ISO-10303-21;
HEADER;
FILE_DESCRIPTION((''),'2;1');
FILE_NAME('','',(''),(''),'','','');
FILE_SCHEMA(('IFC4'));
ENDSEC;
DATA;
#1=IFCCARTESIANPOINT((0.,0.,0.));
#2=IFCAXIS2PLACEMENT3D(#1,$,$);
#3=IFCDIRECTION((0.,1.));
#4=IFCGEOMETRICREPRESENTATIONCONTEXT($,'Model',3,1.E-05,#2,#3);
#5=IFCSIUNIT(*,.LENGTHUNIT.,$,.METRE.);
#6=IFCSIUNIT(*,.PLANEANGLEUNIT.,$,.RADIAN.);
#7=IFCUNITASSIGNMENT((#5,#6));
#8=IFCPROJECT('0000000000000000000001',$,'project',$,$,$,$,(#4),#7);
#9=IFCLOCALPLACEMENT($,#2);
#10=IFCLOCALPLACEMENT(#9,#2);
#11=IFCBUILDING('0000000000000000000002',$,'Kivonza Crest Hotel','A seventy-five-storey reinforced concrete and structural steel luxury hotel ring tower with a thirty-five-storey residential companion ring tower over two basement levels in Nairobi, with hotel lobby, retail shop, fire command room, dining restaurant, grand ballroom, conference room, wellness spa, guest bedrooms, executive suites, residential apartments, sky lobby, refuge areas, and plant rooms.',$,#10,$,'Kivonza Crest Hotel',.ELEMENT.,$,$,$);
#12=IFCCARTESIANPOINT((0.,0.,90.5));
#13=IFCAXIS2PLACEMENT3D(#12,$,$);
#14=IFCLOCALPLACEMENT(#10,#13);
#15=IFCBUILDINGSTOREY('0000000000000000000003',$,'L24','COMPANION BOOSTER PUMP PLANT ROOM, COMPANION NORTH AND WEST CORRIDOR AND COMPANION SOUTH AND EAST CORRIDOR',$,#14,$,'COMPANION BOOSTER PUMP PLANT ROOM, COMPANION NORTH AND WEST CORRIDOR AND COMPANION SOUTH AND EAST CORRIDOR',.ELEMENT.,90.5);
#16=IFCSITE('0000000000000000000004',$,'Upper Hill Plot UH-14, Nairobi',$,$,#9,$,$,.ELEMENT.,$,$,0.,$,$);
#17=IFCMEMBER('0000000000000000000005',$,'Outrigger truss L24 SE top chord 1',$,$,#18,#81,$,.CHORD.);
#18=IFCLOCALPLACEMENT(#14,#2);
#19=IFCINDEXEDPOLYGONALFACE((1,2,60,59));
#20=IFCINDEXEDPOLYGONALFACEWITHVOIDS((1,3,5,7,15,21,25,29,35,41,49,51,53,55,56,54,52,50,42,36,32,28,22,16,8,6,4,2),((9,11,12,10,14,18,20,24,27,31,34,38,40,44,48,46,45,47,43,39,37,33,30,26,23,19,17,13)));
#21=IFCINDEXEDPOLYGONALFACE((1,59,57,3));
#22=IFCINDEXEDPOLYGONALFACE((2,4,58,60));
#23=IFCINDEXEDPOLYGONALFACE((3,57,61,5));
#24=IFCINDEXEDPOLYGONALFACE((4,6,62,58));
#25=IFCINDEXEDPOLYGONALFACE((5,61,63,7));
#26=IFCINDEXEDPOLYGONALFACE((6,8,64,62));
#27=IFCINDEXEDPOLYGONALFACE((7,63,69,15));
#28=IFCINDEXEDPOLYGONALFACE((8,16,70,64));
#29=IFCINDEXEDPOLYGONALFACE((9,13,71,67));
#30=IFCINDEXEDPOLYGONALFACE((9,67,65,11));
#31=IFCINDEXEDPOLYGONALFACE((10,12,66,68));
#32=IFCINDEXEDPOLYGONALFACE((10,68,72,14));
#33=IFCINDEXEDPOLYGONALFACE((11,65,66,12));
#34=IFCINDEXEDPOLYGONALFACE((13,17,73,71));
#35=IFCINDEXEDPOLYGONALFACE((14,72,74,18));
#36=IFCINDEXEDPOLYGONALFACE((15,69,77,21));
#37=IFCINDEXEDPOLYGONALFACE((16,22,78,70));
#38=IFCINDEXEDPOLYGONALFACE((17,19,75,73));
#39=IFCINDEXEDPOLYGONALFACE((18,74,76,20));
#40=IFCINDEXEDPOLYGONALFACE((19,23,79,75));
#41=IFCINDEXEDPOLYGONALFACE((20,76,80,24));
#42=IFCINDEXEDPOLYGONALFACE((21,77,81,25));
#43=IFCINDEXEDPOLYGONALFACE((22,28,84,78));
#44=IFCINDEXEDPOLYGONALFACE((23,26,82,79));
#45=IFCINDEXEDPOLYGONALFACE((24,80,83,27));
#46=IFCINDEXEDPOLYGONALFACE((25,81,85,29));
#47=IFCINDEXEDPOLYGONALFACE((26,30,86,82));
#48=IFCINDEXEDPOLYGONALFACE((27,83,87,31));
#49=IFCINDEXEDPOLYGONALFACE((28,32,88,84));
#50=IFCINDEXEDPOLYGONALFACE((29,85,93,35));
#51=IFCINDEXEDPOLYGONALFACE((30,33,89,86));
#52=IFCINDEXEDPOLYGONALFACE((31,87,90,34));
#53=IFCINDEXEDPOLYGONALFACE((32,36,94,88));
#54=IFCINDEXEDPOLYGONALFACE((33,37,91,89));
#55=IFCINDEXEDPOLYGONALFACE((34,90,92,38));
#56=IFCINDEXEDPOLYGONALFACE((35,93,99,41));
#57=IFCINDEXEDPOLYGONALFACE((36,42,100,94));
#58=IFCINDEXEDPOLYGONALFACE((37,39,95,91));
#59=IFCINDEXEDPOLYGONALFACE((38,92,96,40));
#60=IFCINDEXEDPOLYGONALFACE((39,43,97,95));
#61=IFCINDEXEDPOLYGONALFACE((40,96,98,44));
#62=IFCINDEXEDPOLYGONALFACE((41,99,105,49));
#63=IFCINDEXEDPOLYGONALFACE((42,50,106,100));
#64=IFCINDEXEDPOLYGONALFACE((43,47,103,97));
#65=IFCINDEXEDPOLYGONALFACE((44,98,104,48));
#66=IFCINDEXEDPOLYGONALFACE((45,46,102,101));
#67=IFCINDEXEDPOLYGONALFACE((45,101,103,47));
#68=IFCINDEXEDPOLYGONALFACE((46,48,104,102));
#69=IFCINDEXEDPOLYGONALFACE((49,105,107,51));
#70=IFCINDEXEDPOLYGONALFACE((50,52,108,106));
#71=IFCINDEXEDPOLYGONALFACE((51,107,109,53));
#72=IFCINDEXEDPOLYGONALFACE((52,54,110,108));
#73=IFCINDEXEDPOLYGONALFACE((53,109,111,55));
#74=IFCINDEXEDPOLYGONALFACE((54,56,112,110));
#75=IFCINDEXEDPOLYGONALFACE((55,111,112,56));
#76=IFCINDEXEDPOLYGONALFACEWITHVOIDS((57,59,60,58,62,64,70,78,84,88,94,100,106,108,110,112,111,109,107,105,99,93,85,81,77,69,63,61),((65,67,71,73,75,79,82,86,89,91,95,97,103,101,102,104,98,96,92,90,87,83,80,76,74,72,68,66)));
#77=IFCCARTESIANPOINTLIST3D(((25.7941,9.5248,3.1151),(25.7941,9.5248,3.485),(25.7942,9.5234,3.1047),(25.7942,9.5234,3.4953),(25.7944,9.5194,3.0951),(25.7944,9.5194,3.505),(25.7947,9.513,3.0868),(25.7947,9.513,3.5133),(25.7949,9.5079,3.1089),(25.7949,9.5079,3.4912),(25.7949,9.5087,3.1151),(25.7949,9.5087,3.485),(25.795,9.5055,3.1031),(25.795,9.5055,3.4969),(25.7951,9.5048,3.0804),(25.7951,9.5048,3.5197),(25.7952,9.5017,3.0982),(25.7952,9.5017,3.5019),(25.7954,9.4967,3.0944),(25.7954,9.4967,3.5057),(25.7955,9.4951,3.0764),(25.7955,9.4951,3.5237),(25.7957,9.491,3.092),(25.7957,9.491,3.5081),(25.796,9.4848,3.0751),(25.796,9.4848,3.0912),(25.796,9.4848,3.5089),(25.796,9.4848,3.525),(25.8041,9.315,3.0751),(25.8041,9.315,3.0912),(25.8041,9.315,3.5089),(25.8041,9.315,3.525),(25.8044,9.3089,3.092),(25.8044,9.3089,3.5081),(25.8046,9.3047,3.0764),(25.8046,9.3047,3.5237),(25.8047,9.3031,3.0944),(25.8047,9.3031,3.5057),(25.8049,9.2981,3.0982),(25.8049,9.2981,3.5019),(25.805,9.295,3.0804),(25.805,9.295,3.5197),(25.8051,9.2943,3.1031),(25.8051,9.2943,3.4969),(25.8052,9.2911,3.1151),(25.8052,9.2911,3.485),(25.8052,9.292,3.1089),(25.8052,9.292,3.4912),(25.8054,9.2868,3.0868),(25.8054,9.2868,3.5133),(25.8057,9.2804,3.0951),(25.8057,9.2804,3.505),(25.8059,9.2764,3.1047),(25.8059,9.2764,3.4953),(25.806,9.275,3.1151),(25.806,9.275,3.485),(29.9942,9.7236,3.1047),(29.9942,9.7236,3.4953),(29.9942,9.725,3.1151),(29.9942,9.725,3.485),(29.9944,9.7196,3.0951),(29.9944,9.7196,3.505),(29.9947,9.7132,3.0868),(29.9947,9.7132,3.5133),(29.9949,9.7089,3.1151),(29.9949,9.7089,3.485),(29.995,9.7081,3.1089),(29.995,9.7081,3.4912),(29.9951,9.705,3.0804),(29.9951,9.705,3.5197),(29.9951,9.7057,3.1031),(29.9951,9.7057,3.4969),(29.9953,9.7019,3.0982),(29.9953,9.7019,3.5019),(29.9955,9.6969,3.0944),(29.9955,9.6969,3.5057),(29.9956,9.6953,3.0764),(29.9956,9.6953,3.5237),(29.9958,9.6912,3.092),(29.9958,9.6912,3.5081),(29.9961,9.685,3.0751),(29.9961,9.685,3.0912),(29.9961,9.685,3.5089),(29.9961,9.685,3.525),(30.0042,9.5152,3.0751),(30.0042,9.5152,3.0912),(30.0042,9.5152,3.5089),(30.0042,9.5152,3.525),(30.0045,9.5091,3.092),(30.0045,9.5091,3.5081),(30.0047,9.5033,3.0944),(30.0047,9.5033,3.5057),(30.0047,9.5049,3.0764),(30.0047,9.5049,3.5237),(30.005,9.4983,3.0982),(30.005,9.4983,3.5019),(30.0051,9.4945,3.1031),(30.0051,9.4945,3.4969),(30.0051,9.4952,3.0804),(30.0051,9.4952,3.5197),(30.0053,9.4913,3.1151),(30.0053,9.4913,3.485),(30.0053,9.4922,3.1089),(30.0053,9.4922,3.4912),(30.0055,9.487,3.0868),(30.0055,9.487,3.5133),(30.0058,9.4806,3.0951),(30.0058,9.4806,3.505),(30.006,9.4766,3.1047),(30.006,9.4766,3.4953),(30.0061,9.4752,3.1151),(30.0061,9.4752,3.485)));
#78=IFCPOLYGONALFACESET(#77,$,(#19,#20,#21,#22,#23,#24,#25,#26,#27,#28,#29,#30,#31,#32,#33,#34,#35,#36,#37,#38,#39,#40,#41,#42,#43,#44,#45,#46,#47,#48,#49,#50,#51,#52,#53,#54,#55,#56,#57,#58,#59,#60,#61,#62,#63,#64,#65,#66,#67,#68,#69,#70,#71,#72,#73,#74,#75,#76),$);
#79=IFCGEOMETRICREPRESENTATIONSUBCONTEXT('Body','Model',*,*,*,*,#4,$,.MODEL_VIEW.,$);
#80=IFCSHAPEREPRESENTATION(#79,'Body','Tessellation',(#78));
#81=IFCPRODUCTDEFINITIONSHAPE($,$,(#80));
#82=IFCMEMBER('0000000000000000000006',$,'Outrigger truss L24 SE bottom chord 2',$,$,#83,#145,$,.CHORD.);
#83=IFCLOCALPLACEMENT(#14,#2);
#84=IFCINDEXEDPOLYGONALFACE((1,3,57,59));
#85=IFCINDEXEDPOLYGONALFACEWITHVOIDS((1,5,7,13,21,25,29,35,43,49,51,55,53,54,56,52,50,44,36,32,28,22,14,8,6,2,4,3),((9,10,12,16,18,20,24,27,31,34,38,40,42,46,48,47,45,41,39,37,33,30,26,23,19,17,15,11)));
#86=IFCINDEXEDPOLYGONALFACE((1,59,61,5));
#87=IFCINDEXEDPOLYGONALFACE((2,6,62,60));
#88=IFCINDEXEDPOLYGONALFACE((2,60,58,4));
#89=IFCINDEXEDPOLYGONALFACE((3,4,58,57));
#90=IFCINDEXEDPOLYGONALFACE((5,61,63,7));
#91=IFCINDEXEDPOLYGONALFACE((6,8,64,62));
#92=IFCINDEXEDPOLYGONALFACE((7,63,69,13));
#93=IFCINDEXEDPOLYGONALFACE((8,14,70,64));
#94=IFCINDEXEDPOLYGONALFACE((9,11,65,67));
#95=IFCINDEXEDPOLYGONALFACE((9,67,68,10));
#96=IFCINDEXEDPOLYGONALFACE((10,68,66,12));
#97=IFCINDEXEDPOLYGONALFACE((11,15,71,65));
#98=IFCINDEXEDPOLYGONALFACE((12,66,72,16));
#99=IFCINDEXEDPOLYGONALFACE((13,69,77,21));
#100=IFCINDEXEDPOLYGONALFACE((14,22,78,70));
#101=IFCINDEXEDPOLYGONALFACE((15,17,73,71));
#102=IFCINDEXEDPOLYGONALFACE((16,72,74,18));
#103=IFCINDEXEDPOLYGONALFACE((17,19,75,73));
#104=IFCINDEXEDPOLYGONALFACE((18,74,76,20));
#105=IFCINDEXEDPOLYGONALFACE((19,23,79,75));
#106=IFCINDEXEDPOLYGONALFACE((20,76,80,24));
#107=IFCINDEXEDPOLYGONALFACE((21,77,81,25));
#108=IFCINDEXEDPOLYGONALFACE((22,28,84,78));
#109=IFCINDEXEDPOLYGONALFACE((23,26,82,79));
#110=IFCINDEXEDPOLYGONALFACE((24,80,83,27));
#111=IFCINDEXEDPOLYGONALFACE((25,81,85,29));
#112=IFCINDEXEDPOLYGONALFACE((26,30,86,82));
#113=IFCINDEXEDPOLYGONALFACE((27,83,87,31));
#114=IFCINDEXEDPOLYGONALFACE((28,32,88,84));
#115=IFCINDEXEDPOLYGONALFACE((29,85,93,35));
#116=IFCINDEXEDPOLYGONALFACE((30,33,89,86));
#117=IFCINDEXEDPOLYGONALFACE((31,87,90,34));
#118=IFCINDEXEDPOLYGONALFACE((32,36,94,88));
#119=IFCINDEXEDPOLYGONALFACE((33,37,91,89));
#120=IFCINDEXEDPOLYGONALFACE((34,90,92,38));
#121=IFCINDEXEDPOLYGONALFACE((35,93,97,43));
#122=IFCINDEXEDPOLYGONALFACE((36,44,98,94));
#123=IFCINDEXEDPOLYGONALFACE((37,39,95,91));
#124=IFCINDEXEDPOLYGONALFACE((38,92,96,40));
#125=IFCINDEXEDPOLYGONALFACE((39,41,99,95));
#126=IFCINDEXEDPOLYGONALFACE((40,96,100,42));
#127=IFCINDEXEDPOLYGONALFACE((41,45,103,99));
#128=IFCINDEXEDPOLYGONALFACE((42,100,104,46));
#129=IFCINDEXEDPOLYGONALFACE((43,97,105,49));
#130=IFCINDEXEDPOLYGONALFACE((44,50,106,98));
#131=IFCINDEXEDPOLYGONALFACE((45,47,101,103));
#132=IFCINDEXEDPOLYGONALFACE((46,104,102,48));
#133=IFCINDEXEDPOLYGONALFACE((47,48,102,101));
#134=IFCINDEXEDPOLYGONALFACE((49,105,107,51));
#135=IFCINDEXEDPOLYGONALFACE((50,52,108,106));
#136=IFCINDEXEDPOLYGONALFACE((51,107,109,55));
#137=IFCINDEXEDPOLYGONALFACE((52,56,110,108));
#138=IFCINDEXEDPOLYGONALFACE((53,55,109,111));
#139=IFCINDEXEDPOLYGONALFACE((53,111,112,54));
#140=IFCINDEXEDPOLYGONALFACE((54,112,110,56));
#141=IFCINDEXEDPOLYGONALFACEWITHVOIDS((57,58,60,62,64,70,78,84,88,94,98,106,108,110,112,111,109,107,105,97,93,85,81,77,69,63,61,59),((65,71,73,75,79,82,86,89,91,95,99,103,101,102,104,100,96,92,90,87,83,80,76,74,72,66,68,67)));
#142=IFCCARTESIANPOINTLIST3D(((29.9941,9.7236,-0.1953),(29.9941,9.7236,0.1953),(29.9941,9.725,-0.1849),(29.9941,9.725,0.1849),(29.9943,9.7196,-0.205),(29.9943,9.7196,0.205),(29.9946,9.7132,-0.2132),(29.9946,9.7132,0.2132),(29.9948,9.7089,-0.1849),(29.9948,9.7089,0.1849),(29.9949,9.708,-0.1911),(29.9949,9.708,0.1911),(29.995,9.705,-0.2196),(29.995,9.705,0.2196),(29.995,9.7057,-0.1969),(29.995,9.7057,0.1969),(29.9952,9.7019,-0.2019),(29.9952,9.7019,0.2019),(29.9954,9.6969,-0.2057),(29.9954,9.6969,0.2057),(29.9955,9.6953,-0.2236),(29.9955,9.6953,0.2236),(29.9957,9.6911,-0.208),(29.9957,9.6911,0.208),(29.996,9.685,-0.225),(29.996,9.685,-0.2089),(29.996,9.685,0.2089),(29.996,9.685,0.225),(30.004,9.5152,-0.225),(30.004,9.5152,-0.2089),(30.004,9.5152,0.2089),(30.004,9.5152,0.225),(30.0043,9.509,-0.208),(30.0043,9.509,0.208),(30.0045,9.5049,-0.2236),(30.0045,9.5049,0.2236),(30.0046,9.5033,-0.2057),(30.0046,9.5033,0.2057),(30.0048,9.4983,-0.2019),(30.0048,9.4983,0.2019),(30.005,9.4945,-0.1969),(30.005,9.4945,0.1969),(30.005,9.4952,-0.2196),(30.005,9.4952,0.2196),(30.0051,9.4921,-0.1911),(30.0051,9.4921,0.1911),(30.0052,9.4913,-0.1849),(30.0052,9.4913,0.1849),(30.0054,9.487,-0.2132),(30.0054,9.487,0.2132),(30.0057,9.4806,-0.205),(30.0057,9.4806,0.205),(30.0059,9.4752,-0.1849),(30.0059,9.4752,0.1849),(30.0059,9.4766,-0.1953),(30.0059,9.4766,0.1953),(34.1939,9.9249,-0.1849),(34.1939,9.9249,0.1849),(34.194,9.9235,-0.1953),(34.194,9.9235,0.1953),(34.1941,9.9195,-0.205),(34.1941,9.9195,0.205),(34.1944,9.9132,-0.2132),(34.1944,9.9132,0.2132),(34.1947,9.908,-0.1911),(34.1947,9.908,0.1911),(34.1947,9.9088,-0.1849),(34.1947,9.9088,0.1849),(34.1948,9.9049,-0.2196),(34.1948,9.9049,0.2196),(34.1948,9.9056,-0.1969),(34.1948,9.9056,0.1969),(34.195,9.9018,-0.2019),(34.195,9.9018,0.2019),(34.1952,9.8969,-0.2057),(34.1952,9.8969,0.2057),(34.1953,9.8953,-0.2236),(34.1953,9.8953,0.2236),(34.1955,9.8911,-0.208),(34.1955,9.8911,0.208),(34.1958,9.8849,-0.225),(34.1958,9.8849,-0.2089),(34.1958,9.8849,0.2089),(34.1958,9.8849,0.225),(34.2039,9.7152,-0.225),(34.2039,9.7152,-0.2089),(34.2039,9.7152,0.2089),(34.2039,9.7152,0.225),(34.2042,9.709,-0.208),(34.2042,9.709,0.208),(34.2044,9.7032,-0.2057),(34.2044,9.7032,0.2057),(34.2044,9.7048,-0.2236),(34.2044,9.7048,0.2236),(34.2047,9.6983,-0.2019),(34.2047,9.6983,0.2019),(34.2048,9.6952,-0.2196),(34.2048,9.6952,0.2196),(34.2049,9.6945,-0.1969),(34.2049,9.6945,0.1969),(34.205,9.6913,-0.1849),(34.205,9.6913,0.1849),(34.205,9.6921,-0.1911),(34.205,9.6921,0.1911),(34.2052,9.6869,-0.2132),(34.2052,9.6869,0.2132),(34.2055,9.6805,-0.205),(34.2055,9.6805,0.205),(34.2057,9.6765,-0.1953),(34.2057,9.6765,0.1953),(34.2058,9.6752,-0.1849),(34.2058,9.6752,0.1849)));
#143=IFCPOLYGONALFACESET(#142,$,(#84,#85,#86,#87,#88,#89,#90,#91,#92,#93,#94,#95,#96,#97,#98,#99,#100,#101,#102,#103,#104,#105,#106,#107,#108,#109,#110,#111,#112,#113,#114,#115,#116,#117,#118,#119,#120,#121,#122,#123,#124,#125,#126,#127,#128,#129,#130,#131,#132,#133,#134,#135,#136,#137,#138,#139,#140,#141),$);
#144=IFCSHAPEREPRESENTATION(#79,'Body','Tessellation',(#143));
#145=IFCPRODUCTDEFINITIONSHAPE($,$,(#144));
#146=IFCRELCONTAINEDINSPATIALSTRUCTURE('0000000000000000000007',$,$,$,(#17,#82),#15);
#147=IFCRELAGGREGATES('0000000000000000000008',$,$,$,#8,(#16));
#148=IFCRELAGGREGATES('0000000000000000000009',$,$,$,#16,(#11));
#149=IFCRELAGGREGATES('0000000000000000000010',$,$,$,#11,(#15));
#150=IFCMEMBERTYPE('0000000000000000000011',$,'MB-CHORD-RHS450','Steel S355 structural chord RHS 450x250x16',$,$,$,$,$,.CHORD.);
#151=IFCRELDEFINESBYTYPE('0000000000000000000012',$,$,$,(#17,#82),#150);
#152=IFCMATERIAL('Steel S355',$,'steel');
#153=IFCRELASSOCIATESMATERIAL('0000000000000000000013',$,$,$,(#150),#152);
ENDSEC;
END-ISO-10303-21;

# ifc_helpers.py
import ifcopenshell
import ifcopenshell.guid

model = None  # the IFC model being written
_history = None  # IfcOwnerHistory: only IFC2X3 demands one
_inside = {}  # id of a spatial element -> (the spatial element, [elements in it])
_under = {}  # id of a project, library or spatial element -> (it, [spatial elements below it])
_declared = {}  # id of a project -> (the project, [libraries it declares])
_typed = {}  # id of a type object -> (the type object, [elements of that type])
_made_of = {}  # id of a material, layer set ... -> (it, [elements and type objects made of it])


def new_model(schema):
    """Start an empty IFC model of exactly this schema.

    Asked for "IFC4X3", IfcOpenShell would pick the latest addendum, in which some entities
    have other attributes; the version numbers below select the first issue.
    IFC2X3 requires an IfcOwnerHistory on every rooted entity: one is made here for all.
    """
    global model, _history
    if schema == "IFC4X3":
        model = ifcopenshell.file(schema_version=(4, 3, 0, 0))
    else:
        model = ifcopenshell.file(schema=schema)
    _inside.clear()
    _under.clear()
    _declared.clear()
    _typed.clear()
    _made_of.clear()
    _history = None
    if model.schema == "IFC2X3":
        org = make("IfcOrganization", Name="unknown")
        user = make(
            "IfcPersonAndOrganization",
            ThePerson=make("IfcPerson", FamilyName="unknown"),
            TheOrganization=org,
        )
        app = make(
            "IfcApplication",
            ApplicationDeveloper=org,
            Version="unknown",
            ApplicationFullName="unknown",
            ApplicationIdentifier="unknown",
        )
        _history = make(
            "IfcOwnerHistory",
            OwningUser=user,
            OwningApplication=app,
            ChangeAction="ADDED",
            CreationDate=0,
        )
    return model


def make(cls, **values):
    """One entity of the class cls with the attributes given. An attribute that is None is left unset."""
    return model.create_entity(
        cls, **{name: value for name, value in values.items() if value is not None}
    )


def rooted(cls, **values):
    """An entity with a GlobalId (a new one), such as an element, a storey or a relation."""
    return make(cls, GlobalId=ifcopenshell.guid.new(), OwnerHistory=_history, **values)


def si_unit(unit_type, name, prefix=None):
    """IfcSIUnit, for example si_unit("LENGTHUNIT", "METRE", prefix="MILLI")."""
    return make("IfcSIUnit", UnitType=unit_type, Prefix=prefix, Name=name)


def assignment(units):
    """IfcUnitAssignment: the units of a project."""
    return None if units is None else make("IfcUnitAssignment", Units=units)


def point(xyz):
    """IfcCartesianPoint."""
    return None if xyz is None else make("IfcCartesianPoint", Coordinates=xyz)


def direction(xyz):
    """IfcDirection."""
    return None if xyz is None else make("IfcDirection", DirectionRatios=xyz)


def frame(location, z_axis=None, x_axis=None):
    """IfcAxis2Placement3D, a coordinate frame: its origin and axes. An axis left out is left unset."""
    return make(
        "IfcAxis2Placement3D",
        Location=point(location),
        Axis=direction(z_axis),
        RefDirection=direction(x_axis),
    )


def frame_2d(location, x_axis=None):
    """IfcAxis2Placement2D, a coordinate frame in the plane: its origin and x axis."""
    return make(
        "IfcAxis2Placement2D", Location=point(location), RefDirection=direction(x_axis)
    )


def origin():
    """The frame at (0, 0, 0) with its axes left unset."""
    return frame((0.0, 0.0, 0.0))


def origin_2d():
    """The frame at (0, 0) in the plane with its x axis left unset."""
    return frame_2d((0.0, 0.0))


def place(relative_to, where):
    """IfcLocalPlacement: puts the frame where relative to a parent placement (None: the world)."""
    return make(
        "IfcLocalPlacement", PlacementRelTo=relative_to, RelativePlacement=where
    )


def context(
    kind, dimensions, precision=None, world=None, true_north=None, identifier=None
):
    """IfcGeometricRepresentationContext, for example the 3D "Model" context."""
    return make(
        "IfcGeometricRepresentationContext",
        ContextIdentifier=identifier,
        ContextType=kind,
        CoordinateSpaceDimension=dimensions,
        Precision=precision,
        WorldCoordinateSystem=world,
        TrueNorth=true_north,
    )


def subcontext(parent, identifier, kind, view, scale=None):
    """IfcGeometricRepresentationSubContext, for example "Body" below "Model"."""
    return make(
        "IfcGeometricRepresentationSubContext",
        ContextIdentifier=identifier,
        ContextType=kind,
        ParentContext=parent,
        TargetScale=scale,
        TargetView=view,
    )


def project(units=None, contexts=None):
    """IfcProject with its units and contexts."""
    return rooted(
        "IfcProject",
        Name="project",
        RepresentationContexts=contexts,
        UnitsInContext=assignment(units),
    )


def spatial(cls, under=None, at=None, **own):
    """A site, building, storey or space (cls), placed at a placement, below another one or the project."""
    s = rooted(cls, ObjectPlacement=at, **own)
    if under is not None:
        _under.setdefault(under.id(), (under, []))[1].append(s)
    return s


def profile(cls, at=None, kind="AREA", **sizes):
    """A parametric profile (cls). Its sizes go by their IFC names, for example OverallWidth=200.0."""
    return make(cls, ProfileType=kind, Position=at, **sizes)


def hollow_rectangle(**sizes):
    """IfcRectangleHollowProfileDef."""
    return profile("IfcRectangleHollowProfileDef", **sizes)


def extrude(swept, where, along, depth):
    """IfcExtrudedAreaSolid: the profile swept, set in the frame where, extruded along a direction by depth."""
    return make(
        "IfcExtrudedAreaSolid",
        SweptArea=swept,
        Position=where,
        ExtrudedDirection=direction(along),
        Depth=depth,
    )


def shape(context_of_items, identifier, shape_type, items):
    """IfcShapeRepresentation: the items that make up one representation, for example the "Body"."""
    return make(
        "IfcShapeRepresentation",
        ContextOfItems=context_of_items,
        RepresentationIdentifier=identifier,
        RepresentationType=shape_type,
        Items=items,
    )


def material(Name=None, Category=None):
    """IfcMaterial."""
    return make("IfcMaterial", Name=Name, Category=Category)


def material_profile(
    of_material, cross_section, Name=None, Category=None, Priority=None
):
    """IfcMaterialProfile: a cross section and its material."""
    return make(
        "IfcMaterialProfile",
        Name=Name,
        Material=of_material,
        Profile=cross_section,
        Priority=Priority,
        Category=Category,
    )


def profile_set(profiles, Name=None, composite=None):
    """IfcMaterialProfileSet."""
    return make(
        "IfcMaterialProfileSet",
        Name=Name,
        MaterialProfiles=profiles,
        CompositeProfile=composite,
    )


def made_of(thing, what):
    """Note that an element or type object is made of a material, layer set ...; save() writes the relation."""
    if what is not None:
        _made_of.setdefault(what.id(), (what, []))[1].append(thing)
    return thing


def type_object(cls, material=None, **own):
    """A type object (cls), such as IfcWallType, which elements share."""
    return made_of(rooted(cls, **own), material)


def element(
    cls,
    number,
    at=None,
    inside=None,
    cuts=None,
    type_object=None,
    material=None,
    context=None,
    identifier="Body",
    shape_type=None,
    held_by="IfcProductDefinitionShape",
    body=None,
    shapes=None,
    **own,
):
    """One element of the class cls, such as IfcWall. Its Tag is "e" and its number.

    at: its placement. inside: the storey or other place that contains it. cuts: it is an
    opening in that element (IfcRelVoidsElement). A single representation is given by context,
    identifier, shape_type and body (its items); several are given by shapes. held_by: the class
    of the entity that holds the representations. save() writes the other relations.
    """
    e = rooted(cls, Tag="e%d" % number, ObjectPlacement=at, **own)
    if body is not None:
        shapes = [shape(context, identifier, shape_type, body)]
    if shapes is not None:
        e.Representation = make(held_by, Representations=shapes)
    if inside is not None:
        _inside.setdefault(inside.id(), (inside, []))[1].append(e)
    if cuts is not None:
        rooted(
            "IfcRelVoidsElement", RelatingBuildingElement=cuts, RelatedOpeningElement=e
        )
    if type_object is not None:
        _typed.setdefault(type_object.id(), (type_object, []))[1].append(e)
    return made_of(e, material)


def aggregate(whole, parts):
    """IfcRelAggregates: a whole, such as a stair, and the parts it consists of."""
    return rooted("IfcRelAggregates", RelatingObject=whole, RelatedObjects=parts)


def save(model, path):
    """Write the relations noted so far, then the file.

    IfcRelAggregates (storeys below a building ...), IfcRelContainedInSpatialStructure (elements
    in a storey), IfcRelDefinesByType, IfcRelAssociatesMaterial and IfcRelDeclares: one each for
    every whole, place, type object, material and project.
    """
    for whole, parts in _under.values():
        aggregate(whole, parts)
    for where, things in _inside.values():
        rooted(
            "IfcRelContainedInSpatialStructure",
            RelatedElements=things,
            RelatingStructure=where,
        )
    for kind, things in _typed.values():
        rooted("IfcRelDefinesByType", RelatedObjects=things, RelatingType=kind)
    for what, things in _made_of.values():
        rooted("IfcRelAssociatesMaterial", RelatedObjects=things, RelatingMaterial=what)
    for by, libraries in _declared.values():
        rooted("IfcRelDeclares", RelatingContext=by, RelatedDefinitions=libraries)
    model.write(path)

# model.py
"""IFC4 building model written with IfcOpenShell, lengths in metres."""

from ifc_helpers import new_model, si_unit, direction, frame, origin, origin_2d, place, context, subcontext, project, spatial, hollow_rectangle, extrude, material, material_profile, profile_set, type_object, element, save


model = new_model("IFC4")

# Units and contexts
model_context = context("Model", 3, precision=1e-05, world=origin(), true_north=direction((0.0, 1.0)))
body_context = subcontext(model_context, "Body", "Model", "MODEL_VIEW")
ifc_project = project(units=[si_unit("LENGTHUNIT", "METRE"), si_unit("PLANEANGLEUNIT", "RADIAN")], contexts=[model_context])

# Site, building, storey
site_placement = place(None, origin())
site = spatial("IfcSite", under=ifc_project, at=site_placement, Name="Upper Hill Plot UH-14, Nairobi", CompositionType="ELEMENT", RefElevation=0.0)
building_placement = place(site_placement, origin())
building = spatial("IfcBuilding", under=site, at=building_placement, Name="Kivonza Crest Hotel", Description="A seventy-five-storey reinforced concrete and structural steel luxury hotel ring tower with a thirty-five-storey residential companion ring tower over two basement levels in Nairobi, with hotel lobby, retail shop, fire command room, dining restaurant, grand ballroom, conference room, wellness spa, guest bedrooms, executive suites, residential apartments, sky lobby, refuge areas, and plant rooms.", LongName="Kivonza Crest Hotel", CompositionType="ELEMENT")
storey_placement = place(building_placement, frame((0.0, 0.0, 90.5)))
storey = spatial("IfcBuildingStorey", under=building, at=storey_placement, Name="L24", Description="COMPANION BOOSTER PUMP PLANT ROOM, COMPANION NORTH AND WEST CORRIDOR AND COMPANION SOUTH AND EAST CORRIDOR", LongName="COMPANION BOOSTER PUMP PLANT ROOM, COMPANION NORTH AND WEST CORRIDOR AND COMPANION SOUTH AND EAST CORRIDOR", CompositionType="ELEMENT", Elevation=90.5)

# Shared definitions
ifc_material_1 = material(Name="Steel S355", Category="steel")

# Members
ifc_material_profile_1 = material_profile(ifc_material_1, hollow_rectangle(XDim=0.25, YDim=0.45, WallThickness=0.0161, InnerFilletRadius=0.0239, OuterFilletRadius=0.04, at=origin_2d()), Name="RHS 450x250x16")
ifc_profile_set_1 = profile_set([ifc_material_profile_1], Name="Steel S355")
member_type_1 = type_object("IfcMemberType", Name="MB-CHORD-RHS450", Description="Steel S355 structural chord RHS 450x250x16", PredefinedType="CHORD", material=ifc_profile_set_1)
for number, where, z_axis, x_axis, name in (
    (1, (25.8, 9.3999, 3.3), (0.998866, 0.047612, 0.0), (-0.047612, 0.998866, 0.0), "Outrigger truss L24 SE top chord 1"),
):
    element("IfcMember", number, at=place(storey_placement, frame(where, z_axis=z_axis, x_axis=x_axis)), inside=storey, type_object=member_type_1, Name=name, PredefinedType="CHORD", context=body_context, shape_type="SweptSolid", body=[
        extrude(hollow_rectangle(XDim=0.25, YDim=0.45, WallThickness=0.0161, InnerFilletRadius=0.0239, OuterFilletRadius=0.04, at=origin_2d()), origin(), (0.0, 0.0, 1.0), 4.2048),
    ])
for number, where, z_axis, x_axis, name in (
    (2, (30.0, 9.6001, 0.0), (0.998869, 0.047554, 0.0), (-0.047554, 0.998869, 0.0), "Outrigger truss L24 SE bottom chord 2"),
):
    element("IfcMember", number, at=place(storey_placement, frame(where, z_axis=z_axis, x_axis=x_axis)), inside=storey, type_object=member_type_1, Name=name, PredefinedType="CHORD", context=body_context, shape_type="SweptSolid", body=[
        extrude(hollow_rectangle(XDim=0.25, YDim=0.45, WallThickness=0.0161, InnerFilletRadius=0.0239, OuterFilletRadius=0.04, at=origin_2d()), origin(), (0.0, 0.0, 1.0), 4.2046),
    ])

save(model, "model.ifc")
